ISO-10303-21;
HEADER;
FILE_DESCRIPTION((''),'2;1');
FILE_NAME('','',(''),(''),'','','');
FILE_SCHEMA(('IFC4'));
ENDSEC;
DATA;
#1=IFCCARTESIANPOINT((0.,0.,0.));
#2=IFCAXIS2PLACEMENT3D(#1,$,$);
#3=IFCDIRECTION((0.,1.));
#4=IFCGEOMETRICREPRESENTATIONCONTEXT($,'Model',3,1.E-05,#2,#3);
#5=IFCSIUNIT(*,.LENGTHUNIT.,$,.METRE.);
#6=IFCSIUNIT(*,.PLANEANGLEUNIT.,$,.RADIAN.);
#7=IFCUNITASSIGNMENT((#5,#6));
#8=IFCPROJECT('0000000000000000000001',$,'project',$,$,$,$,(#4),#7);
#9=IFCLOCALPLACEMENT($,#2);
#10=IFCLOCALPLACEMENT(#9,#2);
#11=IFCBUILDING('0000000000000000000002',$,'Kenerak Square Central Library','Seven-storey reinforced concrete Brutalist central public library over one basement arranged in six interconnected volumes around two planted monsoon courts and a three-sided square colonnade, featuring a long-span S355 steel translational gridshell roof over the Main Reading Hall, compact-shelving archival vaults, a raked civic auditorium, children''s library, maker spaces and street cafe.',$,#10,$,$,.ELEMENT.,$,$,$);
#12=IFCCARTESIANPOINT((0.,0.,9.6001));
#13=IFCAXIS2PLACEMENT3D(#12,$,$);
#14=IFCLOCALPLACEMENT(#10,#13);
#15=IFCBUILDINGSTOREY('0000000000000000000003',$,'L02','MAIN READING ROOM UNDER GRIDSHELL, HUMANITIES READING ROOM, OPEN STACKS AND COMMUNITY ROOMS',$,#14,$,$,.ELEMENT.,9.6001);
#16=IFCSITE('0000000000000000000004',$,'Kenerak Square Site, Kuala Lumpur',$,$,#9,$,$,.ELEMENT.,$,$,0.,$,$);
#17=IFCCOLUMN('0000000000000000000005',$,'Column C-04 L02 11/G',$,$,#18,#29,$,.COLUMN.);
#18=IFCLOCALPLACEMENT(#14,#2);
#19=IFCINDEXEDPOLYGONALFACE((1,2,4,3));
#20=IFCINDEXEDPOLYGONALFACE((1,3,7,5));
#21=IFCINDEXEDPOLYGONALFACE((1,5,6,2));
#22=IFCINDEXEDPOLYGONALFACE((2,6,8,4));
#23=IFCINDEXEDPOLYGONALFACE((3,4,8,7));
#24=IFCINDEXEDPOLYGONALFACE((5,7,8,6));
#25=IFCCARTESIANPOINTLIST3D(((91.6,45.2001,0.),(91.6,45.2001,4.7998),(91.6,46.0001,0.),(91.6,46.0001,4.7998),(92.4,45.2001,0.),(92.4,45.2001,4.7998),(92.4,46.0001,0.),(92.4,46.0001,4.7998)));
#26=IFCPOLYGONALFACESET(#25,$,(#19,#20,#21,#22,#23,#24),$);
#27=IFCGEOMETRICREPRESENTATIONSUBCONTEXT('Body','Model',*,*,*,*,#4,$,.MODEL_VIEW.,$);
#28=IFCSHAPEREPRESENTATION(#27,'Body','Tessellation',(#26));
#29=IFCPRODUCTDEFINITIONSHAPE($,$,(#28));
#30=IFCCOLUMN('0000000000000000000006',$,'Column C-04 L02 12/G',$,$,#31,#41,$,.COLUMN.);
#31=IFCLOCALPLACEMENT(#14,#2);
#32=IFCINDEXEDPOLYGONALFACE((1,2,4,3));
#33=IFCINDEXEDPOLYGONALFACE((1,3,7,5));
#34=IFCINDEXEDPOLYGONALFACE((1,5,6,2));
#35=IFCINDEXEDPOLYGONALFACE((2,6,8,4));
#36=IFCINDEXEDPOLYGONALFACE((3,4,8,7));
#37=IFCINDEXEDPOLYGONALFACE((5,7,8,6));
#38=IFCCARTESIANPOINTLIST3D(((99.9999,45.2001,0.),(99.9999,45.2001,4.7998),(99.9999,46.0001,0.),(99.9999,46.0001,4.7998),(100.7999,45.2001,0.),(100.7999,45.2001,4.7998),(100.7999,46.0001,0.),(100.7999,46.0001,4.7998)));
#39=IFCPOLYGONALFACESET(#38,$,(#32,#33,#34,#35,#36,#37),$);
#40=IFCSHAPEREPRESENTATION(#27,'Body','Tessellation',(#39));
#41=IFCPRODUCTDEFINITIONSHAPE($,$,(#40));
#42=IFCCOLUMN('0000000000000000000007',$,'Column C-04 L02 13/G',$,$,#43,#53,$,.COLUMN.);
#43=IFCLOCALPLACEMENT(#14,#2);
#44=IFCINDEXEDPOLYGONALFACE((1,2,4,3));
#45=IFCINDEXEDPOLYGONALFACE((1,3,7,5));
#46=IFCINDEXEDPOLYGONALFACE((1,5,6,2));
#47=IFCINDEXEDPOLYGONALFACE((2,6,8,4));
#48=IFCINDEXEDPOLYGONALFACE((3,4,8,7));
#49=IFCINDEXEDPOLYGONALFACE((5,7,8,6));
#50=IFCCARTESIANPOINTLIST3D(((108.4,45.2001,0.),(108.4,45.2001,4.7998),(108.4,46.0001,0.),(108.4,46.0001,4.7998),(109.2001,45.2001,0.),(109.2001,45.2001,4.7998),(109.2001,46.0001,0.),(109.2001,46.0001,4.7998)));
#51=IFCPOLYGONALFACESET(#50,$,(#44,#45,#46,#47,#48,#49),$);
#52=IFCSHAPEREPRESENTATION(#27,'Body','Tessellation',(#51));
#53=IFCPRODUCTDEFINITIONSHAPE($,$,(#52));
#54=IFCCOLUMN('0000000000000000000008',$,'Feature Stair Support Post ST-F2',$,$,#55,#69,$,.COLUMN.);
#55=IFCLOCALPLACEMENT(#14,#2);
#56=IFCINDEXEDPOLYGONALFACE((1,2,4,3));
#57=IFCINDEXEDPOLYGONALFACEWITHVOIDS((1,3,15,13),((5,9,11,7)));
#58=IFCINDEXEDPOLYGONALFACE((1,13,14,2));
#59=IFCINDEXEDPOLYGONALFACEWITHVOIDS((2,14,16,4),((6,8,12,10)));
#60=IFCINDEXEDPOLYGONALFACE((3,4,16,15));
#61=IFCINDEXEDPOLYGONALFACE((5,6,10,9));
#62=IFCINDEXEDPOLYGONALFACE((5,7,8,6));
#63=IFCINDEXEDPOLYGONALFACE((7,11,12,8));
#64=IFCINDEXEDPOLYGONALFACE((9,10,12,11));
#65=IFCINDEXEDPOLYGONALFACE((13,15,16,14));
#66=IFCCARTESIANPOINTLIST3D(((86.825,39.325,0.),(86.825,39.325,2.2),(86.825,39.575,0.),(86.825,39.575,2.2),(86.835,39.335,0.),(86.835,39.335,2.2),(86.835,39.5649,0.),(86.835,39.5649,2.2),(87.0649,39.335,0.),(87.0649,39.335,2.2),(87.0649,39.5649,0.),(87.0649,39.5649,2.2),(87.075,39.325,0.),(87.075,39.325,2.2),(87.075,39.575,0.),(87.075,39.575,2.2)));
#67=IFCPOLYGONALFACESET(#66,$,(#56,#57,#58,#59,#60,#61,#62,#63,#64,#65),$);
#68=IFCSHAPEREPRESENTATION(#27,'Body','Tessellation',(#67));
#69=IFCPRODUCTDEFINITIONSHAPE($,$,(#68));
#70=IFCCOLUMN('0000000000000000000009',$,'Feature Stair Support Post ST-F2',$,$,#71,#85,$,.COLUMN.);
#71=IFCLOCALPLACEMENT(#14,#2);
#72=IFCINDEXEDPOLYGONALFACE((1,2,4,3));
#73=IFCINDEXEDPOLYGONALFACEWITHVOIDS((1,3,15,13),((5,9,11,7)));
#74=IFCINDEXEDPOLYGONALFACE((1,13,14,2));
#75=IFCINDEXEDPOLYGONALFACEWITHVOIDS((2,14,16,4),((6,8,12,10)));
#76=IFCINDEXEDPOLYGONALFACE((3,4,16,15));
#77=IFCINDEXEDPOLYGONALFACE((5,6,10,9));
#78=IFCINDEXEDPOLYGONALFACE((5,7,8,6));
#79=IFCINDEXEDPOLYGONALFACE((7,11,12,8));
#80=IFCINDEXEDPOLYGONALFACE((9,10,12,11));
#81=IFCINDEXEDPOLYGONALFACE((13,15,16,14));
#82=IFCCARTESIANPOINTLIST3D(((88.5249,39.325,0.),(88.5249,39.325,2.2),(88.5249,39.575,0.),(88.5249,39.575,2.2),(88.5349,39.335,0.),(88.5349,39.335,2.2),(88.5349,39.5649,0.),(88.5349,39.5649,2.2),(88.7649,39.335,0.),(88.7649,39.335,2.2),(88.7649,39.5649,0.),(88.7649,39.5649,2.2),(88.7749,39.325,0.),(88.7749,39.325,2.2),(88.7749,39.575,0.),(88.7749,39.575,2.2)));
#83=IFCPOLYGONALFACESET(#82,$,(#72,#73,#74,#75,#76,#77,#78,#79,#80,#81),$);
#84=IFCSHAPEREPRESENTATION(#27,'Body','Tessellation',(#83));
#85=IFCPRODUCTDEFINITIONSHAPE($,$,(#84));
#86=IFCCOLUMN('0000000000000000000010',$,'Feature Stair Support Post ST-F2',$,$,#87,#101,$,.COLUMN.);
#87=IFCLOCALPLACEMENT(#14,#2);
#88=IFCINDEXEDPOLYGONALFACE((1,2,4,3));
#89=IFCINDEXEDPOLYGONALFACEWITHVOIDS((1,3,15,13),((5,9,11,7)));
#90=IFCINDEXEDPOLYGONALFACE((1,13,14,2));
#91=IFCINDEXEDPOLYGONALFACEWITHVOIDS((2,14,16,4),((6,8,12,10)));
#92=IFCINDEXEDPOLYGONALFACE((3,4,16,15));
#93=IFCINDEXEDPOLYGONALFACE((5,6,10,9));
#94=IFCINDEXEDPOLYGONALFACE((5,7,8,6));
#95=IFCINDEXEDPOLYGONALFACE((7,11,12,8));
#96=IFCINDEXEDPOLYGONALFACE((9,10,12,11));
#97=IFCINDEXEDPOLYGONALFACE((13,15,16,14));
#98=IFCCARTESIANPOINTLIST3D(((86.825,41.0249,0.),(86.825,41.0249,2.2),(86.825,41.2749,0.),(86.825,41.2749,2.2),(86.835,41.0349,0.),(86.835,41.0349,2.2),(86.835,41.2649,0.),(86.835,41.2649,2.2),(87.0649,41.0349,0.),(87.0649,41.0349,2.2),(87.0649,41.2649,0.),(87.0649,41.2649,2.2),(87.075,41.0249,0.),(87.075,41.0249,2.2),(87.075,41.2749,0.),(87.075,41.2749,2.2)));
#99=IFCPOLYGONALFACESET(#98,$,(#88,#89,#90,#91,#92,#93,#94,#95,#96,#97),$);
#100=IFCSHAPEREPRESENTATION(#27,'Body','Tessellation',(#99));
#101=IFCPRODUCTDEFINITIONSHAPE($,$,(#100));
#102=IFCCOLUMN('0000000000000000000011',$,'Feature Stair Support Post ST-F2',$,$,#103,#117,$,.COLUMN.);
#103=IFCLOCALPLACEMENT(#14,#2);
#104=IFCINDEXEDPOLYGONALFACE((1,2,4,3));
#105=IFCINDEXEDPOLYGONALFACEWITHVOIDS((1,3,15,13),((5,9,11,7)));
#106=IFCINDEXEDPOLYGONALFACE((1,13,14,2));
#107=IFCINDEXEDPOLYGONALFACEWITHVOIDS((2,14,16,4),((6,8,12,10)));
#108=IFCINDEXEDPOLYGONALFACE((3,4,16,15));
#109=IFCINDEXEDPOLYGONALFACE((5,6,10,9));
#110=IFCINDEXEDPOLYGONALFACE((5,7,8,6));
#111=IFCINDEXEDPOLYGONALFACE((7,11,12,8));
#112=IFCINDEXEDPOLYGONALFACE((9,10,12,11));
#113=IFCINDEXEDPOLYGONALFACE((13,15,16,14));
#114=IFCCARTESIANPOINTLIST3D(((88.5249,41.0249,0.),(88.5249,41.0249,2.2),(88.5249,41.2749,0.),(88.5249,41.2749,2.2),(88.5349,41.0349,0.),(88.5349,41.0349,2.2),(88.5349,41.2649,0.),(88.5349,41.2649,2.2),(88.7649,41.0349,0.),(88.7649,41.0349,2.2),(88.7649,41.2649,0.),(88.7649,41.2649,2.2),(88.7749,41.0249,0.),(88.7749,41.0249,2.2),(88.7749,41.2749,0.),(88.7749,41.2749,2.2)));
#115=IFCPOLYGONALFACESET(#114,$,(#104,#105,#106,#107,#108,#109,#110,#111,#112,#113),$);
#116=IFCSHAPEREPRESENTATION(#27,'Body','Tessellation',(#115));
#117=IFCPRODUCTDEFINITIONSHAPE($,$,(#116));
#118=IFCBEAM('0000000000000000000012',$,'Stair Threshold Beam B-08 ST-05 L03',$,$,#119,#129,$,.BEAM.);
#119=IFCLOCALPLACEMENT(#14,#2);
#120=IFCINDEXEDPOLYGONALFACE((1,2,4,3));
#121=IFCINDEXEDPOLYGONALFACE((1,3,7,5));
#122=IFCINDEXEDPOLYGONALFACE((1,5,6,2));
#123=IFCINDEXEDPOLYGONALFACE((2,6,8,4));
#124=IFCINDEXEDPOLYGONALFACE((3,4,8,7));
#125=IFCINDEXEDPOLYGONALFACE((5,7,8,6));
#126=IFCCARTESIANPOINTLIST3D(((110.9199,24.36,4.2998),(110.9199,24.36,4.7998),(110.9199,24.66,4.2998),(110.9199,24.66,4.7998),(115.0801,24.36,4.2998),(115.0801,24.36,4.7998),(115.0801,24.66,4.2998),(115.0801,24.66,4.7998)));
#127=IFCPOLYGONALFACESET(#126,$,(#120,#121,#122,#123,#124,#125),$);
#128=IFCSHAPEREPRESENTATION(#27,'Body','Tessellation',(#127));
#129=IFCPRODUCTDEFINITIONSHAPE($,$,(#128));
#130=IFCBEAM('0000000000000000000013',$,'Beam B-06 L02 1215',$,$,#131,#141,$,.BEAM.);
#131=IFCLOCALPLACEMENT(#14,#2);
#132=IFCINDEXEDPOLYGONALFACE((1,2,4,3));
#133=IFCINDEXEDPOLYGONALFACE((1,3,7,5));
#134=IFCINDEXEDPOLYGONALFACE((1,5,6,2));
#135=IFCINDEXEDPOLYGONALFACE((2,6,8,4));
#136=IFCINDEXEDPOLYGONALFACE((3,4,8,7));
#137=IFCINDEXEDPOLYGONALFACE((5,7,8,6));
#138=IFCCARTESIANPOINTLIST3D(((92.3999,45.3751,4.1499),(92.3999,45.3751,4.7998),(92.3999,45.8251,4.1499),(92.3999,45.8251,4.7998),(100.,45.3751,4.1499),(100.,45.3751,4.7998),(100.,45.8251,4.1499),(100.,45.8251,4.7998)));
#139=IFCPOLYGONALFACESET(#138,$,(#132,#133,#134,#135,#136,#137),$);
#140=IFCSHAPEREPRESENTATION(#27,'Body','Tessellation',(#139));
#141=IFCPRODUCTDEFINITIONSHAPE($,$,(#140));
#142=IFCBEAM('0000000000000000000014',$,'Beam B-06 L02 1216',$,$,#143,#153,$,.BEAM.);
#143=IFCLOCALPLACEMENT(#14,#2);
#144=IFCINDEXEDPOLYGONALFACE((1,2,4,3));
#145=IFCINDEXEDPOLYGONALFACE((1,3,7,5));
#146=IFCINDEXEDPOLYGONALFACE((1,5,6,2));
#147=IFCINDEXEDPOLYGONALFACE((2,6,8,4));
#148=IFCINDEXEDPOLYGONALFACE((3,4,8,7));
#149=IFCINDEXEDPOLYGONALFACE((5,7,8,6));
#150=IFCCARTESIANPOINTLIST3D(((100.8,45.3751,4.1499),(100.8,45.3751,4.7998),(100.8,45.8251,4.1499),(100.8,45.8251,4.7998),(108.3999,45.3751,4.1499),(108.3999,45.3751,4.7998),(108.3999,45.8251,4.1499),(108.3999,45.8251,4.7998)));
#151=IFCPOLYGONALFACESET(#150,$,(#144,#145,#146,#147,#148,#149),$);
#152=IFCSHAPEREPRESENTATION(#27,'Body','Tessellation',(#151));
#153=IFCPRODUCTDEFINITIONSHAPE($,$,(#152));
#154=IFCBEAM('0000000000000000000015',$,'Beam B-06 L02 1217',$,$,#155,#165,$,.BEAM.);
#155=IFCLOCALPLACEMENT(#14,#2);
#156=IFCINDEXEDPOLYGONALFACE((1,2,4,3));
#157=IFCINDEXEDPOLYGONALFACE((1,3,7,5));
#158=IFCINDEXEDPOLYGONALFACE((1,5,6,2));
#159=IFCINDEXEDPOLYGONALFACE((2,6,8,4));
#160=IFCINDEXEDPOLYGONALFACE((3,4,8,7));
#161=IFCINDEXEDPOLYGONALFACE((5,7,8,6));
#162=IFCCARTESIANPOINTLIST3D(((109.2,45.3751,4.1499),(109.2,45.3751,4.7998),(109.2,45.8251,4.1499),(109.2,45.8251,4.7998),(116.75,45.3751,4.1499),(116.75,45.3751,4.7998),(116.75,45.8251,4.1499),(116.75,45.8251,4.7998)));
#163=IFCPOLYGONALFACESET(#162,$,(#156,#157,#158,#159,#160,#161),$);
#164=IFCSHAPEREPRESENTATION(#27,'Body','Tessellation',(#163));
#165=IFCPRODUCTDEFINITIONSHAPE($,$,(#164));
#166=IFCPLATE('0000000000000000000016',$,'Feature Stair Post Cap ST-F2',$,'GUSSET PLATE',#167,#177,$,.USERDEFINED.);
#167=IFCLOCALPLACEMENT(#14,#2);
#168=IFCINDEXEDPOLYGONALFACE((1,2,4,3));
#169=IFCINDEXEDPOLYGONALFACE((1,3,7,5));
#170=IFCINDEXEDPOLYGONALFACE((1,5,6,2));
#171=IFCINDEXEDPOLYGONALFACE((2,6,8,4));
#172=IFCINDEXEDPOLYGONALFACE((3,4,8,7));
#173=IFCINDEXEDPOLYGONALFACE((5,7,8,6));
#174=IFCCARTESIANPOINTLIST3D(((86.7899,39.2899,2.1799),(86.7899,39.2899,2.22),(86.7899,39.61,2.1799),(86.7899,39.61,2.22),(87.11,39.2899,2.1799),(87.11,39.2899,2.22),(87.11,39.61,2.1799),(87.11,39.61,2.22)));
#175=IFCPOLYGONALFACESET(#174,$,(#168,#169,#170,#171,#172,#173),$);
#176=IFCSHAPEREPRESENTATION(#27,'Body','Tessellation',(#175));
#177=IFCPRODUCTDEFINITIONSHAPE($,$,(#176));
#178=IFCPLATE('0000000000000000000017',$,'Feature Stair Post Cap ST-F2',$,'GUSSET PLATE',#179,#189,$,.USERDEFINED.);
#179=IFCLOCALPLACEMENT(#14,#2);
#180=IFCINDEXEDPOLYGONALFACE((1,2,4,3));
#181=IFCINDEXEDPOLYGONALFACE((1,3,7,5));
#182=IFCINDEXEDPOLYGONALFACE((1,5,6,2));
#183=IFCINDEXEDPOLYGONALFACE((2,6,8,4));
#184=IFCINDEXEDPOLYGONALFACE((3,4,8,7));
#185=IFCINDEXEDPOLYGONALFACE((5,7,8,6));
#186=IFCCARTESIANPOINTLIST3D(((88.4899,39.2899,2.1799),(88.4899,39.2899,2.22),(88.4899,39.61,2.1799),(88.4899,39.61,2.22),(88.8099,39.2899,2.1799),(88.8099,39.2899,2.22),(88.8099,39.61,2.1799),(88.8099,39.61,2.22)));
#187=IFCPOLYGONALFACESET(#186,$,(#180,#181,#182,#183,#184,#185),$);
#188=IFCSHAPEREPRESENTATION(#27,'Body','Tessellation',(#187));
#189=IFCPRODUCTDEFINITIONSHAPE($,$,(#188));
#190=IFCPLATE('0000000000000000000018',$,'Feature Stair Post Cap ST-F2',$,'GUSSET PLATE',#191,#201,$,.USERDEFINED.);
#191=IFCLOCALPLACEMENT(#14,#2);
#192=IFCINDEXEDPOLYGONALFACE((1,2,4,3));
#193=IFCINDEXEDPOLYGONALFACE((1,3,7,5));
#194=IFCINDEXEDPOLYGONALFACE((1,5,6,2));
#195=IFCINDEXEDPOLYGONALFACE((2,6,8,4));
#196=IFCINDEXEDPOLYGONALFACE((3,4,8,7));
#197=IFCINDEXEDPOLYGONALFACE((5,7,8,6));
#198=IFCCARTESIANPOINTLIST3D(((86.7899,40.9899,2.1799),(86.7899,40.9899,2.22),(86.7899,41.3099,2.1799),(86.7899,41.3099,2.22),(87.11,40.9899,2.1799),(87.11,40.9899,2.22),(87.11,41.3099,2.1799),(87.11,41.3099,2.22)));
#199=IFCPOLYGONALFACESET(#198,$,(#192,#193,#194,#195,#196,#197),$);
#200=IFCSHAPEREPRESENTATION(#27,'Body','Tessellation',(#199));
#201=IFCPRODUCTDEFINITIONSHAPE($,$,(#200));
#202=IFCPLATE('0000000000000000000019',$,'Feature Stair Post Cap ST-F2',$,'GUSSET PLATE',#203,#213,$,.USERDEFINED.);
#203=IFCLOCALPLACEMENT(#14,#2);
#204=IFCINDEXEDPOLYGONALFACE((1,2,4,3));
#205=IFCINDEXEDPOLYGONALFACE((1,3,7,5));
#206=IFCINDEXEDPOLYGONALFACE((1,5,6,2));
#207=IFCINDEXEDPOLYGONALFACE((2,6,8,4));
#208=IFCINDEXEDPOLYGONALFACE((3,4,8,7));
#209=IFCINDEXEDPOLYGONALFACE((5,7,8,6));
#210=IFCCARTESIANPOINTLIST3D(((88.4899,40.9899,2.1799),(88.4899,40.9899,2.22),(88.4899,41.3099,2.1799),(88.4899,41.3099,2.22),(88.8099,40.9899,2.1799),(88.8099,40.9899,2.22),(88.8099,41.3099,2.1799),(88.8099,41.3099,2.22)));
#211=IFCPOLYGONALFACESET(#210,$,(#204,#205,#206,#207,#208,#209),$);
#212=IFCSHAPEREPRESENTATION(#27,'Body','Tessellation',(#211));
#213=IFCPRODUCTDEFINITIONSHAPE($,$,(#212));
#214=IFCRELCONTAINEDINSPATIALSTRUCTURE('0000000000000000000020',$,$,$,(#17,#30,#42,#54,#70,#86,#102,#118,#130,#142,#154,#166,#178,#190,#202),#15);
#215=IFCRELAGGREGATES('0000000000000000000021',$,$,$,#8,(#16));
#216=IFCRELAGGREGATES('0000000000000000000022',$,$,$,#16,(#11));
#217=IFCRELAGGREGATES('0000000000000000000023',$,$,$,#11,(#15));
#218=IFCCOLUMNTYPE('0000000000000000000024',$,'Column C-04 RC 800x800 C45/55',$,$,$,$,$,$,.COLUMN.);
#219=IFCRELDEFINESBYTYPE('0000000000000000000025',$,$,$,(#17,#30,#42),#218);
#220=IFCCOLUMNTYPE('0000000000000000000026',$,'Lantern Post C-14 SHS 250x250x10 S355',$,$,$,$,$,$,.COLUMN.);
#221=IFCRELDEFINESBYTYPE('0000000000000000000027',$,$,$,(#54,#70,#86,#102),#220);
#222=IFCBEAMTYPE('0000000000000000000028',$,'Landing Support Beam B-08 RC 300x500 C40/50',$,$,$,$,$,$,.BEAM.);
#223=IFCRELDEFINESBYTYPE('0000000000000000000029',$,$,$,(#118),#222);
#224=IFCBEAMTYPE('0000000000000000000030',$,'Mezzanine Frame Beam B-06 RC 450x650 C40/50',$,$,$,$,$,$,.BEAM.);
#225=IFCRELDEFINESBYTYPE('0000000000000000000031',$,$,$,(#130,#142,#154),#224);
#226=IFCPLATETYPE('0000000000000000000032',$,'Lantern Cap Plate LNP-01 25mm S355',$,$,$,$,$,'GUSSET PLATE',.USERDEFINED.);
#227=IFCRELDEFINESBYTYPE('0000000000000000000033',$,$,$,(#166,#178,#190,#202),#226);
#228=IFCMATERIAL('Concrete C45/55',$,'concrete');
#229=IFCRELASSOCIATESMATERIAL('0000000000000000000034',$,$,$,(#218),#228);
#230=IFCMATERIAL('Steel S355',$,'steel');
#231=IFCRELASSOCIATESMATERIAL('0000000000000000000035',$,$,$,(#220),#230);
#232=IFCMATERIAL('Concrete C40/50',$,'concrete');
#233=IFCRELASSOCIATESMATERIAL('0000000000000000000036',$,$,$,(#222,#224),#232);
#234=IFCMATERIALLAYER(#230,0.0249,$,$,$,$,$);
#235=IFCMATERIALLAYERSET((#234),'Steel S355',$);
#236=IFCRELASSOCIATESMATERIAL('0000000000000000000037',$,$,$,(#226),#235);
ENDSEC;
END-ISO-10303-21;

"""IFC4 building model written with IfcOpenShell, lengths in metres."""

from ifc_helpers import new_model, si_unit, direction, frame, origin, origin_2d, place, context, subcontext, project, spatial, rectangle, hollow_rectangle, extrude, material, layer, layer_set, material_profile, profile_set, type_object, element, save


model = new_model("IFC4")

# Units and contexts
model_context = context("Model", 3, precision=1e-05, world=origin(), true_north=direction((0.0, 1.0)))
body_context = subcontext(model_context, "Body", "Model", "MODEL_VIEW")
ifc_project = project(units=[si_unit("LENGTHUNIT", "METRE"), si_unit("PLANEANGLEUNIT", "RADIAN")], contexts=[model_context])

# Site, building, storey
site_placement = place(None, origin())
site = spatial("IfcSite", under=ifc_project, at=site_placement, Name="Kenerak Square Site, Kuala Lumpur", CompositionType="ELEMENT", RefElevation=0.0)
building_placement = place(site_placement, origin())
building = spatial("IfcBuilding", under=site, at=building_placement, Name="Kenerak Square Central Library", Description="Seven-storey reinforced concrete Brutalist central public library over one basement arranged in six interconnected volumes around two planted monsoon courts and a three-sided square colonnade, featuring a long-span S355 steel translational gridshell roof over the Main Reading Hall, compact-shelving archival vaults, a raked civic auditorium, children's library, maker spaces and street cafe.", CompositionType="ELEMENT")
storey_placement = place(building_placement, frame((0.0, 0.0, 9.6001)))
storey = spatial("IfcBuildingStorey", under=building, at=storey_placement, Name="L02", Description="MAIN READING ROOM UNDER GRIDSHELL, HUMANITIES READING ROOM, OPEN STACKS AND COMMUNITY ROOMS", CompositionType="ELEMENT", Elevation=9.6001)

# Columns
ifc_material_1 = material(Name="Concrete C45/55", Category="concrete")
ifc_material_profile_1 = material_profile(ifc_material_1, rectangle(XDim=0.8, YDim=0.8, at=origin_2d()), Name="RC 800x800")
ifc_profile_set_1 = profile_set([ifc_material_profile_1], Name="Concrete C45/55")
column_type_1 = type_object("IfcColumnType", Name="Column C-04 RC 800x800 C45/55", PredefinedType="COLUMN", material=ifc_profile_set_1)
for number, where, z_axis, x_axis, name in (
    (1, (92.0, 45.6001, 0.0), (0.0, 0.0, 1.0), (1.0, 0.0, 0.0), "Column C-04 L02 11/G"),
    (2, (100.3999, 45.6001, 0.0), (0.0, 0.0, 1.0), (1.0, 0.0, 0.0), "Column C-04 L02 12/G"),
    (3, (108.8, 45.6001, 0.0), (0.0, 0.0, 1.0), (1.0, 0.0, 0.0), "Column C-04 L02 13/G"),
):
    element("IfcColumn", number, at=place(storey_placement, frame(where, z_axis=z_axis, x_axis=x_axis)), inside=storey, type_object=column_type_1, Name=name, PredefinedType="COLUMN", context=body_context, shape_type="SweptSolid", body=[
        extrude(rectangle(XDim=0.8, YDim=0.8, at=origin_2d()), origin(), (0.0, 0.0, 1.0), 4.7998),
    ])
ifc_material_2 = material(Name="Steel S355", Category="steel")
ifc_material_profile_2 = material_profile(ifc_material_2, hollow_rectangle(XDim=0.25, YDim=0.25, WallThickness=0.01, at=origin_2d()), Name="SHS 250x250x10.0")
ifc_profile_set_2 = profile_set([ifc_material_profile_2], Name="Steel S355")
column_type_2 = type_object("IfcColumnType", Name="Lantern Post C-14 SHS 250x250x10 S355", PredefinedType="COLUMN", material=ifc_profile_set_2)
for number, where, z_axis, x_axis, name in (
    (4, (86.95, 39.45, 0.0), (0.0, 0.0, 1.0), (1.0, 0.0, 0.0), "Feature Stair Support Post ST-F2"),
    (5, (88.6499, 39.45, 0.0), (0.0, 0.0, 1.0), (1.0, 0.0, 0.0), "Feature Stair Support Post ST-F2"),
    (6, (86.95, 41.1499, 0.0), (0.0, 0.0, 1.0), (1.0, 0.0, 0.0), "Feature Stair Support Post ST-F2"),
    (7, (88.6499, 41.1499, 0.0), (0.0, 0.0, 1.0), (1.0, 0.0, 0.0), "Feature Stair Support Post ST-F2"),
):
    element("IfcColumn", number, at=place(storey_placement, frame(where, z_axis=z_axis, x_axis=x_axis)), inside=storey, type_object=column_type_2, Name=name, PredefinedType="COLUMN", context=body_context, shape_type="SweptSolid", body=[
        extrude(hollow_rectangle(XDim=0.25, YDim=0.25, WallThickness=0.01, at=origin_2d()), origin(), (0.0, 0.0, 1.0), 2.2),
    ])

# Beams
ifc_material_3 = material(Name="Concrete C40/50", Category="concrete")
ifc_material_profile_3 = material_profile(ifc_material_3, rectangle(XDim=0.3, YDim=0.5, at=origin_2d()), Name="RC 300x500")
ifc_profile_set_3 = profile_set([ifc_material_profile_3], Name="Concrete C40/50")
beam_type_1 = type_object("IfcBeamType", Name="Landing Support Beam B-08 RC 300x500 C40/50", PredefinedType="BEAM", material=ifc_profile_set_3)
beam_1_placement = place(storey_placement, frame((110.9199, 24.51, 4.5498), z_axis=(1.0, 0.0, 0.0), x_axis=(0.0, 1.0, 0.0)))
element("IfcBeam", 8, at=beam_1_placement, inside=storey, type_object=beam_type_1, Name="Stair Threshold Beam B-08 ST-05 L03", PredefinedType="BEAM", context=body_context, shape_type="SweptSolid", body=[
    extrude(rectangle(XDim=0.3, YDim=0.5, at=origin_2d()), origin(), (0.0, 0.0, 1.0), 4.1602),
])
ifc_material_profile_4 = material_profile(ifc_material_3, rectangle(XDim=0.45, YDim=0.6499, at=origin_2d()), Name="RC 450x650")
ifc_profile_set_4 = profile_set([ifc_material_profile_4], Name="Concrete C40/50")
beam_type_2 = type_object("IfcBeamType", Name="Mezzanine Frame Beam B-06 RC 450x650 C40/50", PredefinedType="BEAM", material=ifc_profile_set_4)
beam_2_placement = place(storey_placement, frame((92.3999, 45.6001, 4.4749), z_axis=(1.0, 0.0, 0.0), x_axis=(0.0, 1.0, 0.0)))
element("IfcBeam", 9, at=beam_2_placement, inside=storey, type_object=beam_type_2, Name="Beam B-06 L02 1215", PredefinedType="BEAM", context=body_context, shape_type="SweptSolid", body=[
    extrude(rectangle(XDim=0.45, YDim=0.6499, at=origin_2d()), origin(), (0.0, 0.0, 1.0), 7.6001),
])
beam_3_placement = place(storey_placement, frame((100.8, 45.6001, 4.4749), z_axis=(1.0, 0.0, 0.0), x_axis=(0.0, 1.0, 0.0)))
element("IfcBeam", 10, at=beam_3_placement, inside=storey, type_object=beam_type_2, Name="Beam B-06 L02 1216", PredefinedType="BEAM", context=body_context, shape_type="SweptSolid", body=[
    extrude(rectangle(XDim=0.45, YDim=0.6499, at=origin_2d()), origin(), (0.0, 0.0, 1.0), 7.5999),
])
beam_4_placement = place(storey_placement, frame((109.2, 45.6001, 4.4749), z_axis=(1.0, 0.0, 0.0), x_axis=(0.0, 1.0, 0.0)))
element("IfcBeam", 11, at=beam_4_placement, inside=storey, type_object=beam_type_2, Name="Beam B-06 L02 1217", PredefinedType="BEAM", context=body_context, shape_type="SweptSolid", body=[
    extrude(rectangle(XDim=0.45, YDim=0.6499, at=origin_2d()), origin(), (0.0, 0.0, 1.0), 7.55),
])

# Plates
ifc_layer_1 = layer(ifc_material_2, 0.0249)
ifc_layer_set_1 = layer_set([ifc_layer_1], Name="Steel S355")
plate_type = type_object("IfcPlateType", Name="Lantern Cap Plate LNP-01 25mm S355", ElementType="GUSSET PLATE", PredefinedType="USERDEFINED", material=ifc_layer_set_1)
for number, where, z_axis, x_axis, name in (
    (12, (86.95, 39.45, 2.1799), (0.0, 0.0, 1.0), (1.0, 0.0, 0.0), "Feature Stair Post Cap ST-F2"),
    (13, (88.6499, 39.45, 2.1799), (0.0, 0.0, 1.0), (1.0, 0.0, 0.0), "Feature Stair Post Cap ST-F2"),
    (14, (86.95, 41.1499, 2.1799), (0.0, 0.0, 1.0), (1.0, 0.0, 0.0), "Feature Stair Post Cap ST-F2"),
    (15, (88.6499, 41.1499, 2.1799), (0.0, 0.0, 1.0), (1.0, 0.0, 0.0), "Feature Stair Post Cap ST-F2"),
):
    element("IfcPlate", number, at=place(storey_placement, frame(where, z_axis=z_axis, x_axis=x_axis)), inside=storey, type_object=plate_type, Name=name, ObjectType="GUSSET PLATE", PredefinedType="USERDEFINED", context=body_context, shape_type="SweptSolid", body=[
        extrude(rectangle(XDim=0.3201, YDim=0.3201, at=origin_2d()), origin(), (0.0, 0.0, 1.0), 0.04),
    ])

save(model, "model.ifc")
